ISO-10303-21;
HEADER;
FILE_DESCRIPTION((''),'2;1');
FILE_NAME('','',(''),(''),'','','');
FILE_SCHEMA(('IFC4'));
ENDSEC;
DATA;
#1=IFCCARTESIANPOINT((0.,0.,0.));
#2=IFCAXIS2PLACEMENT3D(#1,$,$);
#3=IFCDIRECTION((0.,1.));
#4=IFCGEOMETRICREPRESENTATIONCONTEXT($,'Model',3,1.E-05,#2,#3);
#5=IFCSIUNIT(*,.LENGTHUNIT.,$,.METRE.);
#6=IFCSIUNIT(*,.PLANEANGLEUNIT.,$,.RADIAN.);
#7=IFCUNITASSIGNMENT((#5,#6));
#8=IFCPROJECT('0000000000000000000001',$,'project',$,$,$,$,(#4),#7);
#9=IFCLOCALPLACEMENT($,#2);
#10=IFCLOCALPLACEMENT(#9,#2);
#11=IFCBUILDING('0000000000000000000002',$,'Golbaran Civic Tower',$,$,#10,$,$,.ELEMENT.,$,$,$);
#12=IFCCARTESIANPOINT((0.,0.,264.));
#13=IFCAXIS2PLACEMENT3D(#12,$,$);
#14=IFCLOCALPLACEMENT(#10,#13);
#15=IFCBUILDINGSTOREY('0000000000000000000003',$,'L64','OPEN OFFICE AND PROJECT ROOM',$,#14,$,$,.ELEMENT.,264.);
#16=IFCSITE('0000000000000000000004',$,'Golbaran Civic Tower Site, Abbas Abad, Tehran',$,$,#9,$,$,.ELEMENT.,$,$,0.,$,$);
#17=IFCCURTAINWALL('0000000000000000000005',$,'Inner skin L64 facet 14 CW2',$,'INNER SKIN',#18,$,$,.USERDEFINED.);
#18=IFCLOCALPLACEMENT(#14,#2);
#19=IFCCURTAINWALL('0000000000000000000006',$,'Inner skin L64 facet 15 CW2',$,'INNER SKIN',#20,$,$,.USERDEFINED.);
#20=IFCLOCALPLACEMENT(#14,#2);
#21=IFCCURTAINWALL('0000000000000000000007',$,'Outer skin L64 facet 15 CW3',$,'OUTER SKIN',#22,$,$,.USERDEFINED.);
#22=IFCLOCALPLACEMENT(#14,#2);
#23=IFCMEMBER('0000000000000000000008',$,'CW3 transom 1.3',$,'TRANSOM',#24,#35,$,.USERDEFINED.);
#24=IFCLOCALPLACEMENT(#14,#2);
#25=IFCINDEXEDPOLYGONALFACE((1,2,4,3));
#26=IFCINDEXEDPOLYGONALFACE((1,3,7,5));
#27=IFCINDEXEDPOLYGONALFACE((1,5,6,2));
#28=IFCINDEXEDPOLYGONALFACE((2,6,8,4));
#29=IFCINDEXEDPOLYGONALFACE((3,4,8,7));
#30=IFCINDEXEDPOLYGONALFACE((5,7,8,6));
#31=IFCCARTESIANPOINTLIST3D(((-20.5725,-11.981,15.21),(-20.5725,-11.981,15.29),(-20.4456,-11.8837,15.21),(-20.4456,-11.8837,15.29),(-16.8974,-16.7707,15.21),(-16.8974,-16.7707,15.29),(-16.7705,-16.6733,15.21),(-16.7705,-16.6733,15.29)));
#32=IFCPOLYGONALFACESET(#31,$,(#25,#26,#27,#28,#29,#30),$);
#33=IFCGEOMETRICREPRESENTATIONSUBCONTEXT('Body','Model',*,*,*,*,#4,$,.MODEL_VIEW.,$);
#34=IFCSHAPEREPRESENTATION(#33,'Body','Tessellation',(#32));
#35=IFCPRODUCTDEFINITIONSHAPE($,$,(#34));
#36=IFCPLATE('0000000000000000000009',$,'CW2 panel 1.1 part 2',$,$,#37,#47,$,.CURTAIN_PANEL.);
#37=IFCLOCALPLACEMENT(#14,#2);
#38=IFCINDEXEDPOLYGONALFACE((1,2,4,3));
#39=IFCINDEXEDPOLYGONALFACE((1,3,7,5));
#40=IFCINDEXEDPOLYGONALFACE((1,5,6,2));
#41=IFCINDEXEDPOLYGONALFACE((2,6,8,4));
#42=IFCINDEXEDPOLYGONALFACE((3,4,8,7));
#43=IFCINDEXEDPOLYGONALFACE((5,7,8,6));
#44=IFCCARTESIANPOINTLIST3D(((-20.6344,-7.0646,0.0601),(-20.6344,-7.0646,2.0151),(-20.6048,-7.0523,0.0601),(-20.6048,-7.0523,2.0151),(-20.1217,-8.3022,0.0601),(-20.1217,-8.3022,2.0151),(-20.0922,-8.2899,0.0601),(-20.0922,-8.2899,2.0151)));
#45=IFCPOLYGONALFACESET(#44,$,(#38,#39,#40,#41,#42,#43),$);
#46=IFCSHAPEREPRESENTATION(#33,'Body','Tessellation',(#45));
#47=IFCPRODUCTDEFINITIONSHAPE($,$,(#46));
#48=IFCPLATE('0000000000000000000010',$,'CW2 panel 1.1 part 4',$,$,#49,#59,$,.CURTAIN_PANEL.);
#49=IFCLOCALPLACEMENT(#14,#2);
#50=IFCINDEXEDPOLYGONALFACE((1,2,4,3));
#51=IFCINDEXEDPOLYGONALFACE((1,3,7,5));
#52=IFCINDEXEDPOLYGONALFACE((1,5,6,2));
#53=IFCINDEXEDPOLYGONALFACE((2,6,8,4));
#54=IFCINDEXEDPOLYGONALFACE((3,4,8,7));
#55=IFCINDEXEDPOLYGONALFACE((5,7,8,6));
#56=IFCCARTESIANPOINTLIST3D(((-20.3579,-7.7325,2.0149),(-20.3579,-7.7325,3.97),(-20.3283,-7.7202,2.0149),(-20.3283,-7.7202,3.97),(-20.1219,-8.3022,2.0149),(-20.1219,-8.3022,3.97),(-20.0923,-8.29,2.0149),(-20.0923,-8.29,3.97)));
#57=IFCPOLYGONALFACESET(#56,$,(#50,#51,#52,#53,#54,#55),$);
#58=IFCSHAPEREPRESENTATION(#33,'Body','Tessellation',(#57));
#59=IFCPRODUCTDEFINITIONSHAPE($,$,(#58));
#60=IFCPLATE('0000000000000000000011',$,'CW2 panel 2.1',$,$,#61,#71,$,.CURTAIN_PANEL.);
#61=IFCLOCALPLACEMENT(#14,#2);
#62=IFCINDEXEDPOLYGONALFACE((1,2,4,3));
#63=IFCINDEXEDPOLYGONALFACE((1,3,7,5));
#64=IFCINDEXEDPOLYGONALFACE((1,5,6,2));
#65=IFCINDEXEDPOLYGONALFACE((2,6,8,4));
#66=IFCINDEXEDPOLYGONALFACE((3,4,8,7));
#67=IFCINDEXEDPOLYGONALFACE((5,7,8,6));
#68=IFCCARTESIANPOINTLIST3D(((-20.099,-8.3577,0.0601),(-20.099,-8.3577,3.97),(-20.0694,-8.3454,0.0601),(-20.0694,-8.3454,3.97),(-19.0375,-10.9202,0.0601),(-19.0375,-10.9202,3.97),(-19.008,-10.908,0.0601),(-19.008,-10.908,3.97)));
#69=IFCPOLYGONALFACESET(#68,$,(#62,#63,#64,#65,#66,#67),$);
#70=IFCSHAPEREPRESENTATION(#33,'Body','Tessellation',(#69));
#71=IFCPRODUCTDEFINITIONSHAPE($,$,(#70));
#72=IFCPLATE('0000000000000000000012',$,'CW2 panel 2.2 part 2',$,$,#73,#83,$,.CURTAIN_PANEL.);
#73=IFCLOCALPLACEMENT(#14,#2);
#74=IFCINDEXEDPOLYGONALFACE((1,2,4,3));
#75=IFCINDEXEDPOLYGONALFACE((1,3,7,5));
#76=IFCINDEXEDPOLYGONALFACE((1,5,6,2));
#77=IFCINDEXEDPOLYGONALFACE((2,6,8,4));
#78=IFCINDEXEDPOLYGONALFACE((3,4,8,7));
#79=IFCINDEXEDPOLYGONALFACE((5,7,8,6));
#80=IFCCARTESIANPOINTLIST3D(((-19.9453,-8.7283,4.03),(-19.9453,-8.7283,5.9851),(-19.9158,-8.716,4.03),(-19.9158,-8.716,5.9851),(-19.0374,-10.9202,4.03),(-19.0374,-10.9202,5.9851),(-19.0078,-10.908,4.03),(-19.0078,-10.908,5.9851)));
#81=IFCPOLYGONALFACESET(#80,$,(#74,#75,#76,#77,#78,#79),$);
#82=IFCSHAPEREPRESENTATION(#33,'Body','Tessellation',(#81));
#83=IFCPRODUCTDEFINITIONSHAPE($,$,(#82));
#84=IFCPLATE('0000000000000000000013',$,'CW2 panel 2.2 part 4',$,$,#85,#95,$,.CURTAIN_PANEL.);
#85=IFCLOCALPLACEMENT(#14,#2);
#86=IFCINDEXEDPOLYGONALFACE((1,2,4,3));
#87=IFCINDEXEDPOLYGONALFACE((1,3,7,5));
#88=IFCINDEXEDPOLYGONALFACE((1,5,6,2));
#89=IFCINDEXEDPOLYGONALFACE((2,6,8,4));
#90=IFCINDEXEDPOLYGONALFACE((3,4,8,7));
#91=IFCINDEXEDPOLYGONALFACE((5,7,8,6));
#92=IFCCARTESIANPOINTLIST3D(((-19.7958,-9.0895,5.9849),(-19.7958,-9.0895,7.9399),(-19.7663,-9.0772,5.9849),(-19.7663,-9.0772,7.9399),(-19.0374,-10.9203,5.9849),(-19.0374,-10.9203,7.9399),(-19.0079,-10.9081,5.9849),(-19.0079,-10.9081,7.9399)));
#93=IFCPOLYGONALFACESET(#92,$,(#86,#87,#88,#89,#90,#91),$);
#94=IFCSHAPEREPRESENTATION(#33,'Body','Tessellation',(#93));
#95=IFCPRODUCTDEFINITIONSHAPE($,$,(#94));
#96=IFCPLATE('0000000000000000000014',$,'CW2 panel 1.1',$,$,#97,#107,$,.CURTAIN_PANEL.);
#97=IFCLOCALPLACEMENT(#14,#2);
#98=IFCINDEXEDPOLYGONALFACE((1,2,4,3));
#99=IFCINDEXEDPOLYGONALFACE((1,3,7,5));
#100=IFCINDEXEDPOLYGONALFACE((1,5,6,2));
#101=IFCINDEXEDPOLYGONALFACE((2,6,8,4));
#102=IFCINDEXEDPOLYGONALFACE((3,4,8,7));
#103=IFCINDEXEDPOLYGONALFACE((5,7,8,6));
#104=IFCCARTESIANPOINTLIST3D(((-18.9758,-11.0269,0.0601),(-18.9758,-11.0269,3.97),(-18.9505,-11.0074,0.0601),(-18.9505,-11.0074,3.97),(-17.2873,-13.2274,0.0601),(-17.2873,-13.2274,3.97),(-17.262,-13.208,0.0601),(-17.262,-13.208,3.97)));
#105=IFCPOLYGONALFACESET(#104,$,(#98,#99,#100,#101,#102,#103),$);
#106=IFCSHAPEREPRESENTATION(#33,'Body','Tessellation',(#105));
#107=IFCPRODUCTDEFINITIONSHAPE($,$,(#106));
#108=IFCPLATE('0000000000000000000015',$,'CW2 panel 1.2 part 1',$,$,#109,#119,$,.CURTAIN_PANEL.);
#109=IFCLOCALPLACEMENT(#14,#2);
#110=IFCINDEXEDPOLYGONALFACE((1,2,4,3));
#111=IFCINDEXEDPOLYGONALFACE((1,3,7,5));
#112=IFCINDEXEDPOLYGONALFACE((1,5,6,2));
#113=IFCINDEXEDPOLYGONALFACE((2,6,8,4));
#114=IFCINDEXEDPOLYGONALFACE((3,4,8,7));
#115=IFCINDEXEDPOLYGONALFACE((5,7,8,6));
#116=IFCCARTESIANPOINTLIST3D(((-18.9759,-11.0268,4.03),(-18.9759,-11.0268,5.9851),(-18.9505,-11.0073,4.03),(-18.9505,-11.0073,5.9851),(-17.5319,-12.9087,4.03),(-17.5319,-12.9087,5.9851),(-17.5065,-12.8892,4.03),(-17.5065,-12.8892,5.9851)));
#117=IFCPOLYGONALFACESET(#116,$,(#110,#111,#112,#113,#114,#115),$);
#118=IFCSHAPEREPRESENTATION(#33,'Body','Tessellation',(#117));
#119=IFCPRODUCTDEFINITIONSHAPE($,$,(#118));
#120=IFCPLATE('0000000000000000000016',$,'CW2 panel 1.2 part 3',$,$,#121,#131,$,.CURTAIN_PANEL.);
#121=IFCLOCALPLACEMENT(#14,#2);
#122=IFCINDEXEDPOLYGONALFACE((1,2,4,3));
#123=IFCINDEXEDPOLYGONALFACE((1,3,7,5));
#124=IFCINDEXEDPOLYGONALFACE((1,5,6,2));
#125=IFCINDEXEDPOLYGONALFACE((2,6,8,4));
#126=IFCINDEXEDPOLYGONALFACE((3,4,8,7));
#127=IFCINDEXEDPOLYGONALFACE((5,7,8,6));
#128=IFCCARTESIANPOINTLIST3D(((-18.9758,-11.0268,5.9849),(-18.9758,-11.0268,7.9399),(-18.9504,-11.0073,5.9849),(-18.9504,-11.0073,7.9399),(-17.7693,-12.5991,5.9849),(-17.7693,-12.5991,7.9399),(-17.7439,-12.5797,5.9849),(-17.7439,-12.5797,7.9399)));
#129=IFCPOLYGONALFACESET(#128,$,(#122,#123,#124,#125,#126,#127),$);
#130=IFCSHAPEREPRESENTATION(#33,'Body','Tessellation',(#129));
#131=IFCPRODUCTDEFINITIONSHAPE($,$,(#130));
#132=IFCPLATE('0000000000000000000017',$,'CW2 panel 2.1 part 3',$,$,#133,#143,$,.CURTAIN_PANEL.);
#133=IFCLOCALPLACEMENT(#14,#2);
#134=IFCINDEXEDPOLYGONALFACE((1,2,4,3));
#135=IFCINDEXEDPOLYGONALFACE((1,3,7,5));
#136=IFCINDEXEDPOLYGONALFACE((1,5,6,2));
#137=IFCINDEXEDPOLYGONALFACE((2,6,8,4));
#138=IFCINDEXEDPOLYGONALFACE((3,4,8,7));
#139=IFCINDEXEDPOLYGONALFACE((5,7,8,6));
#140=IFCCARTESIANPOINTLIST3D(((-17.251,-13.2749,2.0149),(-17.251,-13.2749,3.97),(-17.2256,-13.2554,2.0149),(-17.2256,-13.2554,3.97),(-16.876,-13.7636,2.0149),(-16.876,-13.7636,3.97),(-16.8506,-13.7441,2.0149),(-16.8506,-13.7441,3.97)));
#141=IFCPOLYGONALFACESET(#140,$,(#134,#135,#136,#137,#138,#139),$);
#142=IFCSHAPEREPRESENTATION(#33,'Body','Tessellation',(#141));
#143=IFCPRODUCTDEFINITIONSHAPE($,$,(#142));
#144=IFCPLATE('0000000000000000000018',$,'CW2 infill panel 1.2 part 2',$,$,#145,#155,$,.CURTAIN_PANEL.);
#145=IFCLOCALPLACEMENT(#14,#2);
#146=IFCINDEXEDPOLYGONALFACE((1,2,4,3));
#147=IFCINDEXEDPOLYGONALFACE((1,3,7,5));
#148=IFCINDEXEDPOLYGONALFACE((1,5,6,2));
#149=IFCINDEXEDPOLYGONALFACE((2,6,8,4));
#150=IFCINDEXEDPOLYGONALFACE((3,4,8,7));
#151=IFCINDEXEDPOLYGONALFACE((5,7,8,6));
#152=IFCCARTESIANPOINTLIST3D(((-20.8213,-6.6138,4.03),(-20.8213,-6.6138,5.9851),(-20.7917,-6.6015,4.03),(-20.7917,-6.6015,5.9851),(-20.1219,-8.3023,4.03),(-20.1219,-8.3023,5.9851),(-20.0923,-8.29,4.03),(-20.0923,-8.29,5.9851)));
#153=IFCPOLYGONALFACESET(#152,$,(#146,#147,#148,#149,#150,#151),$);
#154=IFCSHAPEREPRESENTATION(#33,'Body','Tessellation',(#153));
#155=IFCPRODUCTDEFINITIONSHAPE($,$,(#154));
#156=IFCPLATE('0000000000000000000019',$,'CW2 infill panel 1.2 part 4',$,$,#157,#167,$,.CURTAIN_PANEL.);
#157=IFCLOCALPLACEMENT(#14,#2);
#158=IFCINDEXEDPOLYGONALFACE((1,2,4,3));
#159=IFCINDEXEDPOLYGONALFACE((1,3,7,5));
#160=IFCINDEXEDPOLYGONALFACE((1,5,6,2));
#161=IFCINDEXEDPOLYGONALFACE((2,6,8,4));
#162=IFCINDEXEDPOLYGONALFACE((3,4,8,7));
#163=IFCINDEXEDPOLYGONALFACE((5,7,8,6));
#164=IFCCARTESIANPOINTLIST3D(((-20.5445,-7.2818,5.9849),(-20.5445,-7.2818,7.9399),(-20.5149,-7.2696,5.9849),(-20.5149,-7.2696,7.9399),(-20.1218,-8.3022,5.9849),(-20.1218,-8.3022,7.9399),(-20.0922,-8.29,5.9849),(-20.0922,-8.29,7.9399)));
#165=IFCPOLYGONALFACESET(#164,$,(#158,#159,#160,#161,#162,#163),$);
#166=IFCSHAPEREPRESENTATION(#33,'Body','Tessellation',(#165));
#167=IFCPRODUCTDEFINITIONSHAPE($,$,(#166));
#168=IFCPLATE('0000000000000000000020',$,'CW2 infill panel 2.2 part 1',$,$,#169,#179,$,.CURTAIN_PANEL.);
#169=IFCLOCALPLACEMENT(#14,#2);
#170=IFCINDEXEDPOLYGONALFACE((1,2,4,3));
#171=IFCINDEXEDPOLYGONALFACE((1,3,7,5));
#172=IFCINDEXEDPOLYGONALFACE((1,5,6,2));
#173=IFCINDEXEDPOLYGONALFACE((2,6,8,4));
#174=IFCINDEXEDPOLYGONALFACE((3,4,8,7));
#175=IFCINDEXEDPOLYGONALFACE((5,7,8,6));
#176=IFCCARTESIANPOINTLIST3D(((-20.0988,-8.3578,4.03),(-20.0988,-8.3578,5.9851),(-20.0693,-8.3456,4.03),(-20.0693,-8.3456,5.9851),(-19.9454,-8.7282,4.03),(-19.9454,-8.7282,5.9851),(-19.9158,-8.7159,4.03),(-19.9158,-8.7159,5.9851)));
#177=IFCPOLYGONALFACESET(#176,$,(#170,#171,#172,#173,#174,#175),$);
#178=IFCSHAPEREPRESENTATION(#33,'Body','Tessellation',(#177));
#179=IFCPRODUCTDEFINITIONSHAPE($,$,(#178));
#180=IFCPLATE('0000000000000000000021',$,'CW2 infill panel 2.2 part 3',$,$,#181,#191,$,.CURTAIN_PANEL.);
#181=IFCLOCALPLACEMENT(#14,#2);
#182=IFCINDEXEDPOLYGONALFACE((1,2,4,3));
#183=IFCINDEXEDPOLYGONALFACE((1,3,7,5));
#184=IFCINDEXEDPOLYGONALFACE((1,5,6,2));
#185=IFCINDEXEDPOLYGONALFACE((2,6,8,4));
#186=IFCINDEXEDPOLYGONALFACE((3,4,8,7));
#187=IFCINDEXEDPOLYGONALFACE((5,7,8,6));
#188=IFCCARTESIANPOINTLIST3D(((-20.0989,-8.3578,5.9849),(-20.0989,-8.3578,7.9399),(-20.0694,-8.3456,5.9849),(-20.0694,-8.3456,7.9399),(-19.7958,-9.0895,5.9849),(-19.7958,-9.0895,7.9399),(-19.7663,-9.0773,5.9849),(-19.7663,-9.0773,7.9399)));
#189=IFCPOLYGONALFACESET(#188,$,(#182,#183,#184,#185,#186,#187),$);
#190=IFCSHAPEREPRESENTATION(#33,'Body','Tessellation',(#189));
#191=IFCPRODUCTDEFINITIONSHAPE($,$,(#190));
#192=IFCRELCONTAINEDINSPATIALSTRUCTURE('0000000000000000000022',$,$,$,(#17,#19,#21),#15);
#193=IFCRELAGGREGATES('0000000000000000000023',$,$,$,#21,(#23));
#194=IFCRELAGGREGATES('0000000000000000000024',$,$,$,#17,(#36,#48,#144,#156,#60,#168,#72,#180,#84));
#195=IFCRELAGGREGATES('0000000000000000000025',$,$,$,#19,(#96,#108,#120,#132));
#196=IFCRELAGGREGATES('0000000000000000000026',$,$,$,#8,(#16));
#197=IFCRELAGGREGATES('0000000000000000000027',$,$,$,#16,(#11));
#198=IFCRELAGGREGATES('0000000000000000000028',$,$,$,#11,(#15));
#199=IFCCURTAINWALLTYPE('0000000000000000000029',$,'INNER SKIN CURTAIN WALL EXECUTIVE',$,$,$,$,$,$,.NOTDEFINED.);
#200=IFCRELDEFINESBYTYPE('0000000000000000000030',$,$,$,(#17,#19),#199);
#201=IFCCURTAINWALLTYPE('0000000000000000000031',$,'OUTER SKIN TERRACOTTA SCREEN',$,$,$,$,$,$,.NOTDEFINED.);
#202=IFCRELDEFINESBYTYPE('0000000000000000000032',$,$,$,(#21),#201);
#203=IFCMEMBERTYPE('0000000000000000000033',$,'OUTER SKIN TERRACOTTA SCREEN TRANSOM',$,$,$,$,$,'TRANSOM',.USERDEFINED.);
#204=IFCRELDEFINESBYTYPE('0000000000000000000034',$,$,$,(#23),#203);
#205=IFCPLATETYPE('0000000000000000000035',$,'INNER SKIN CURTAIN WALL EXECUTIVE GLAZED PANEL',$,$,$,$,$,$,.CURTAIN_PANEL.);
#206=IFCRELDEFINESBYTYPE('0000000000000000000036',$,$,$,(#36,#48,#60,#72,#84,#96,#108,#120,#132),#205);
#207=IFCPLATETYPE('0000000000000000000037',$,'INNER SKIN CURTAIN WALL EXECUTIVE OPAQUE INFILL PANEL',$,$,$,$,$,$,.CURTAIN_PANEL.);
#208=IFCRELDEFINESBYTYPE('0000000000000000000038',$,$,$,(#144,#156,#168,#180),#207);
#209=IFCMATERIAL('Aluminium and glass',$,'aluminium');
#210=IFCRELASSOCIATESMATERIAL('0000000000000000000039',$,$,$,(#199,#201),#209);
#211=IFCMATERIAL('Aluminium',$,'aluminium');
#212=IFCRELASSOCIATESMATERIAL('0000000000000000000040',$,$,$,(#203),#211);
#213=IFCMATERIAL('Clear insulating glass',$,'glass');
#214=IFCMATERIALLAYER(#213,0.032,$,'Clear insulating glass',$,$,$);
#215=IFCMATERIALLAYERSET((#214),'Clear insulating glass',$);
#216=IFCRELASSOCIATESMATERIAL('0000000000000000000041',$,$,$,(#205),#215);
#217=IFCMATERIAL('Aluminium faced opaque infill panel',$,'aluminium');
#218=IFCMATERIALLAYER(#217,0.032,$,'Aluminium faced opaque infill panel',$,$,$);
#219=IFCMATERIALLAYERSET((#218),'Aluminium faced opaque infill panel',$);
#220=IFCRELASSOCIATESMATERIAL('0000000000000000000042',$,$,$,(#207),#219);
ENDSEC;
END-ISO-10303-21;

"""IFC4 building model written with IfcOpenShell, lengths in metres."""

from ifc_helpers import new_model, si_unit, direction, frame, origin, origin_2d, place, context, subcontext, project, spatial, rectangle, extrude, material, layer, layer_set, material_profile, profile_set, type_object, element, aggregate, save


model = new_model("IFC4")

# Units and contexts
model_context = context("Model", 3, precision=1e-05, world=origin(), true_north=direction((0.0, 1.0)))
body_context = subcontext(model_context, "Body", "Model", "MODEL_VIEW")
ifc_project = project(units=[si_unit("LENGTHUNIT", "METRE"), si_unit("PLANEANGLEUNIT", "RADIAN")], contexts=[model_context])

# Site, building, storey
site_placement = place(None, origin())
site = spatial("IfcSite", under=ifc_project, at=site_placement, Name="Golbaran Civic Tower Site, Abbas Abad, Tehran", CompositionType="ELEMENT", RefElevation=0.0)
building_placement = place(site_placement, origin())
building = spatial("IfcBuilding", under=site, at=building_placement, Name="Golbaran Civic Tower", CompositionType="ELEMENT")
storey_placement = place(building_placement, frame((0.0, 0.0, 264.0)))
storey = spatial("IfcBuildingStorey", under=building, at=storey_placement, Name="L64", Description="OPEN OFFICE AND PROJECT ROOM", CompositionType="ELEMENT", Elevation=264.0)

# Curtain walls
ifc_material_1 = material(Name="Aluminium and glass", Category="aluminium")
curtain_wall_type_1 = type_object("IfcCurtainWallType", Name="INNER SKIN CURTAIN WALL EXECUTIVE", PredefinedType="NOTDEFINED", material=ifc_material_1)
curtain_wall_1_placement = place(storey_placement, origin())
curtain_wall_1 = element("IfcCurtainWall", 1, at=curtain_wall_1_placement, inside=storey, type_object=curtain_wall_type_1, Name="Inner skin L64 facet 14 CW2", ObjectType="INNER SKIN", PredefinedType="USERDEFINED")
ifc_material_2 = material(Name="Aluminium", Category="aluminium")
curtain_wall_2_placement = place(storey_placement, origin())
curtain_wall_2 = element("IfcCurtainWall", 2, at=curtain_wall_2_placement, inside=storey, type_object=curtain_wall_type_1, Name="Inner skin L64 facet 15 CW2", ObjectType="INNER SKIN", PredefinedType="USERDEFINED")

# Curtain wall, member
curtain_wall_type_2 = type_object("IfcCurtainWallType", Name="OUTER SKIN TERRACOTTA SCREEN", PredefinedType="NOTDEFINED", material=ifc_material_1)
curtain_wall_3_placement = place(storey_placement, origin())
curtain_wall_3 = element("IfcCurtainWall", 3, at=curtain_wall_3_placement, inside=storey, type_object=curtain_wall_type_2, Name="Outer skin L64 facet 15 CW3", ObjectType="OUTER SKIN", PredefinedType="USERDEFINED")
ifc_material_profile_1 = material_profile(ifc_material_2, rectangle(XDim=0.1599, YDim=0.0801, at=origin_2d()), Name="OUTER SKIN TERRACOTTA SCREEN TRANSOM")
ifc_profile_set_1 = profile_set([ifc_material_profile_1], Name="Aluminium")
member_type_1 = type_object("IfcMemberType", Name="OUTER SKIN TERRACOTTA SCREEN TRANSOM", ElementType="TRANSOM", PredefinedType="USERDEFINED", material=ifc_profile_set_1)
member_1_placement = place(storey_placement, frame((-20.509, -11.9324, 15.25), z_axis=(0.608751, -0.793362, 0.0), x_axis=(0.793362, 0.608751, 0.0)))
member_1 = element("IfcMember", 4, at=member_1_placement, type_object=member_type_1, Name="CW3 transom 1.3", ObjectType="TRANSOM", PredefinedType="USERDEFINED", context=body_context, shape_type="SweptSolid", body=[
    extrude(rectangle(XDim=0.1599, YDim=0.0801, at=origin_2d()), origin(), (0.0, 0.0, 1.0), 6.0371),
])
aggregate(curtain_wall_3, [member_1])

# Plates
ifc_material_3 = material(Name="Clear insulating glass", Category="glass")
ifc_layer_1 = layer(ifc_material_3, 0.032, Name="Clear insulating glass")
ifc_layer_set_1 = layer_set([ifc_layer_1], Name="Clear insulating glass")
plate_type_1 = type_object("IfcPlateType", Name="INNER SKIN CURTAIN WALL EXECUTIVE GLAZED PANEL", PredefinedType="CURTAIN_PANEL", material=ifc_layer_set_1)
plate_1_placement = place(storey_placement, frame((-20.3633, -7.6772, 0.0601), z_axis=(0.0, 0.0, 1.0), x_axis=(0.382683, -0.92388, 0.0)))
plate_1 = element("IfcPlate", 5, at=plate_1_placement, type_object=plate_type_1, Name="CW2 panel 1.1 part 2", PredefinedType="CURTAIN_PANEL", context=body_context, shape_type="SweptSolid", body=[
    extrude(rectangle(XDim=1.3396, YDim=0.032, at=origin_2d()), origin(), (0.0, 0.0, 1.0), 1.9551),
])
plate_2_placement = place(storey_placement, frame((-20.2251, -8.0112, 2.0149), z_axis=(0.0, 0.0, 1.0), x_axis=(0.382683, -0.92388, 0.0)))
plate_2 = element("IfcPlate", 6, at=plate_2_placement, type_object=plate_type_1, Name="CW2 panel 1.1 part 4", PredefinedType="CURTAIN_PANEL", context=body_context, shape_type="SweptSolid", body=[
    extrude(rectangle(XDim=0.6167, YDim=0.032, at=origin_2d()), origin(), (0.0, 0.0, 1.0), 1.9551),
])
plate_3_placement = place(storey_placement, frame((-19.5535, -9.6328, 0.0601), z_axis=(0.0, 0.0, 1.0), x_axis=(0.382683, -0.92388, 0.0)))
plate_3 = element("IfcPlate", 7, at=plate_3_placement, type_object=plate_type_1, Name="CW2 panel 2.1", PredefinedType="CURTAIN_PANEL", context=body_context, shape_type="SweptSolid", body=[
    extrude(rectangle(XDim=2.7737, YDim=0.032, at=origin_2d()), origin(), (0.0, 0.0, 1.0), 3.9099),
])
plate_4_placement = place(storey_placement, frame((-19.4766, -9.8181, 4.03), z_axis=(0.0, 0.0, 1.0), x_axis=(0.382683, -0.92388, 0.0)))
plate_4 = element("IfcPlate", 8, at=plate_4_placement, type_object=plate_type_1, Name="CW2 panel 2.2 part 2", PredefinedType="CURTAIN_PANEL", context=body_context, shape_type="SweptSolid", body=[
    extrude(rectangle(XDim=2.3726, YDim=0.032, at=origin_2d()), origin(), (0.0, 0.0, 1.0), 1.9551),
])
plate_5_placement = place(storey_placement, frame((-19.4019, -9.9988, 5.9849), z_axis=(0.0, 0.0, 1.0), x_axis=(0.382683, -0.92388, 0.0)))
plate_5 = element("IfcPlate", 9, at=plate_5_placement, type_object=plate_type_1, Name="CW2 panel 2.2 part 4", PredefinedType="CURTAIN_PANEL", context=body_context, shape_type="SweptSolid", body=[
    extrude(rectangle(XDim=1.9817, YDim=0.032, at=origin_2d()), origin(), (0.0, 0.0, 1.0), 1.9551),
])
plate_6_placement = place(storey_placement, frame((-18.1189, -12.1174, 0.0601), z_axis=(0.0, 0.0, 1.0), x_axis=(0.608761, -0.793353, 0.0)))
plate_6 = element("IfcPlate", 10, at=plate_6_placement, type_object=plate_type_1, Name="CW2 panel 1.1", PredefinedType="CURTAIN_PANEL", context=body_context, shape_type="SweptSolid", body=[
    extrude(rectangle(XDim=2.7737, YDim=0.032, at=origin_2d()), origin(), (0.0, 0.0, 1.0), 3.9099),
])
plate_7_placement = place(storey_placement, frame((-18.2412, -11.958, 4.03), z_axis=(0.0, 0.0, 1.0), x_axis=(0.608761, -0.793353, 0.0)))
plate_7 = element("IfcPlate", 11, at=plate_7_placement, type_object=plate_type_1, Name="CW2 panel 1.2 part 1", PredefinedType="CURTAIN_PANEL", context=body_context, shape_type="SweptSolid", body=[
    extrude(rectangle(XDim=2.3721, YDim=0.032, at=origin_2d()), origin(), (0.0, 0.0, 1.0), 1.9551),
])
plate_8_placement = place(storey_placement, frame((-18.3599, -11.8032, 5.9849), z_axis=(0.0, 0.0, 1.0), x_axis=(0.608761, -0.793353, 0.0)))
plate_8 = element("IfcPlate", 12, at=plate_8_placement, type_object=plate_type_1, Name="CW2 panel 1.2 part 3", PredefinedType="CURTAIN_PANEL", context=body_context, shape_type="SweptSolid", body=[
    extrude(rectangle(XDim=1.9819, YDim=0.032, at=origin_2d()), origin(), (0.0, 0.0, 1.0), 1.9551),
])
plate_9_placement = place(storey_placement, frame((-17.0508, -13.5095, 2.0149), z_axis=(0.0, 0.0, 1.0), x_axis=(0.608761, -0.793353, 0.0)))
plate_9 = element("IfcPlate", 13, at=plate_9_placement, type_object=plate_type_1, Name="CW2 panel 2.1 part 3", PredefinedType="CURTAIN_PANEL", context=body_context, shape_type="SweptSolid", body=[
    extrude(rectangle(XDim=0.616, YDim=0.032, at=origin_2d()), origin(), (0.0, 0.0, 1.0), 1.9551),
])
ifc_material_4 = material(Name="Aluminium faced opaque infill panel", Category="aluminium")
ifc_layer_2 = layer(ifc_material_4, 0.032, Name="Aluminium faced opaque infill panel")
ifc_layer_set_2 = layer_set([ifc_layer_2], Name="Aluminium faced opaque infill panel")
plate_type_2 = type_object("IfcPlateType", Name="INNER SKIN CURTAIN WALL EXECUTIVE OPAQUE INFILL PANEL", PredefinedType="CURTAIN_PANEL", material=ifc_layer_set_2)
plate_10_placement = place(storey_placement, frame((-20.4568, -7.4519, 4.03), z_axis=(0.0, 0.0, 1.0), x_axis=(0.382683, -0.92388, 0.0)))
plate_10 = element("IfcPlate", 14, at=plate_10_placement, type_object=plate_type_2, Name="CW2 infill panel 1.2 part 2", PredefinedType="CURTAIN_PANEL", context=body_context, shape_type="SweptSolid", body=[
    extrude(rectangle(XDim=1.8276, YDim=0.032, at=origin_2d()), origin(), (0.0, 0.0, 1.0), 1.9551),
])
plate_11_placement = place(storey_placement, frame((-20.3184, -7.7859, 5.9849), z_axis=(0.0, 0.0, 1.0), x_axis=(0.382683, -0.92388, 0.0)))
plate_11 = element("IfcPlate", 15, at=plate_11_placement, type_object=plate_type_2, Name="CW2 infill panel 1.2 part 4", PredefinedType="CURTAIN_PANEL", context=body_context, shape_type="SweptSolid", body=[
    extrude(rectangle(XDim=1.1045, YDim=0.032, at=origin_2d()), origin(), (0.0, 0.0, 1.0), 1.9551),
])
plate_12_placement = place(storey_placement, frame((-20.0073, -8.5369, 4.03), z_axis=(0.0, 0.0, 1.0), x_axis=(0.382683, -0.92388, 0.0)))
plate_12 = element("IfcPlate", 16, at=plate_12_placement, type_object=plate_type_2, Name="CW2 infill panel 2.2 part 1", PredefinedType="CURTAIN_PANEL", context=body_context, shape_type="SweptSolid", body=[
    extrude(rectangle(XDim=0.4009, YDim=0.032, at=origin_2d()), origin(), (0.0, 0.0, 1.0), 1.9551),
])
plate_13_placement = place(storey_placement, frame((-19.9326, -8.7175, 5.9849), z_axis=(0.0, 0.0, 1.0), x_axis=(0.382683, -0.92388, 0.0)))
plate_13 = element("IfcPlate", 17, at=plate_13_placement, type_object=plate_type_2, Name="CW2 infill panel 2.2 part 3", PredefinedType="CURTAIN_PANEL", context=body_context, shape_type="SweptSolid", body=[
    extrude(rectangle(XDim=0.792, YDim=0.032, at=origin_2d()), origin(), (0.0, 0.0, 1.0), 1.9551),
])
aggregate(curtain_wall_1, [plate_1, plate_2, plate_10, plate_11, plate_3, plate_12, plate_4, plate_13, plate_5])
aggregate(curtain_wall_2, [plate_6, plate_7, plate_8, plate_9])

save(model, "model.ifc")
